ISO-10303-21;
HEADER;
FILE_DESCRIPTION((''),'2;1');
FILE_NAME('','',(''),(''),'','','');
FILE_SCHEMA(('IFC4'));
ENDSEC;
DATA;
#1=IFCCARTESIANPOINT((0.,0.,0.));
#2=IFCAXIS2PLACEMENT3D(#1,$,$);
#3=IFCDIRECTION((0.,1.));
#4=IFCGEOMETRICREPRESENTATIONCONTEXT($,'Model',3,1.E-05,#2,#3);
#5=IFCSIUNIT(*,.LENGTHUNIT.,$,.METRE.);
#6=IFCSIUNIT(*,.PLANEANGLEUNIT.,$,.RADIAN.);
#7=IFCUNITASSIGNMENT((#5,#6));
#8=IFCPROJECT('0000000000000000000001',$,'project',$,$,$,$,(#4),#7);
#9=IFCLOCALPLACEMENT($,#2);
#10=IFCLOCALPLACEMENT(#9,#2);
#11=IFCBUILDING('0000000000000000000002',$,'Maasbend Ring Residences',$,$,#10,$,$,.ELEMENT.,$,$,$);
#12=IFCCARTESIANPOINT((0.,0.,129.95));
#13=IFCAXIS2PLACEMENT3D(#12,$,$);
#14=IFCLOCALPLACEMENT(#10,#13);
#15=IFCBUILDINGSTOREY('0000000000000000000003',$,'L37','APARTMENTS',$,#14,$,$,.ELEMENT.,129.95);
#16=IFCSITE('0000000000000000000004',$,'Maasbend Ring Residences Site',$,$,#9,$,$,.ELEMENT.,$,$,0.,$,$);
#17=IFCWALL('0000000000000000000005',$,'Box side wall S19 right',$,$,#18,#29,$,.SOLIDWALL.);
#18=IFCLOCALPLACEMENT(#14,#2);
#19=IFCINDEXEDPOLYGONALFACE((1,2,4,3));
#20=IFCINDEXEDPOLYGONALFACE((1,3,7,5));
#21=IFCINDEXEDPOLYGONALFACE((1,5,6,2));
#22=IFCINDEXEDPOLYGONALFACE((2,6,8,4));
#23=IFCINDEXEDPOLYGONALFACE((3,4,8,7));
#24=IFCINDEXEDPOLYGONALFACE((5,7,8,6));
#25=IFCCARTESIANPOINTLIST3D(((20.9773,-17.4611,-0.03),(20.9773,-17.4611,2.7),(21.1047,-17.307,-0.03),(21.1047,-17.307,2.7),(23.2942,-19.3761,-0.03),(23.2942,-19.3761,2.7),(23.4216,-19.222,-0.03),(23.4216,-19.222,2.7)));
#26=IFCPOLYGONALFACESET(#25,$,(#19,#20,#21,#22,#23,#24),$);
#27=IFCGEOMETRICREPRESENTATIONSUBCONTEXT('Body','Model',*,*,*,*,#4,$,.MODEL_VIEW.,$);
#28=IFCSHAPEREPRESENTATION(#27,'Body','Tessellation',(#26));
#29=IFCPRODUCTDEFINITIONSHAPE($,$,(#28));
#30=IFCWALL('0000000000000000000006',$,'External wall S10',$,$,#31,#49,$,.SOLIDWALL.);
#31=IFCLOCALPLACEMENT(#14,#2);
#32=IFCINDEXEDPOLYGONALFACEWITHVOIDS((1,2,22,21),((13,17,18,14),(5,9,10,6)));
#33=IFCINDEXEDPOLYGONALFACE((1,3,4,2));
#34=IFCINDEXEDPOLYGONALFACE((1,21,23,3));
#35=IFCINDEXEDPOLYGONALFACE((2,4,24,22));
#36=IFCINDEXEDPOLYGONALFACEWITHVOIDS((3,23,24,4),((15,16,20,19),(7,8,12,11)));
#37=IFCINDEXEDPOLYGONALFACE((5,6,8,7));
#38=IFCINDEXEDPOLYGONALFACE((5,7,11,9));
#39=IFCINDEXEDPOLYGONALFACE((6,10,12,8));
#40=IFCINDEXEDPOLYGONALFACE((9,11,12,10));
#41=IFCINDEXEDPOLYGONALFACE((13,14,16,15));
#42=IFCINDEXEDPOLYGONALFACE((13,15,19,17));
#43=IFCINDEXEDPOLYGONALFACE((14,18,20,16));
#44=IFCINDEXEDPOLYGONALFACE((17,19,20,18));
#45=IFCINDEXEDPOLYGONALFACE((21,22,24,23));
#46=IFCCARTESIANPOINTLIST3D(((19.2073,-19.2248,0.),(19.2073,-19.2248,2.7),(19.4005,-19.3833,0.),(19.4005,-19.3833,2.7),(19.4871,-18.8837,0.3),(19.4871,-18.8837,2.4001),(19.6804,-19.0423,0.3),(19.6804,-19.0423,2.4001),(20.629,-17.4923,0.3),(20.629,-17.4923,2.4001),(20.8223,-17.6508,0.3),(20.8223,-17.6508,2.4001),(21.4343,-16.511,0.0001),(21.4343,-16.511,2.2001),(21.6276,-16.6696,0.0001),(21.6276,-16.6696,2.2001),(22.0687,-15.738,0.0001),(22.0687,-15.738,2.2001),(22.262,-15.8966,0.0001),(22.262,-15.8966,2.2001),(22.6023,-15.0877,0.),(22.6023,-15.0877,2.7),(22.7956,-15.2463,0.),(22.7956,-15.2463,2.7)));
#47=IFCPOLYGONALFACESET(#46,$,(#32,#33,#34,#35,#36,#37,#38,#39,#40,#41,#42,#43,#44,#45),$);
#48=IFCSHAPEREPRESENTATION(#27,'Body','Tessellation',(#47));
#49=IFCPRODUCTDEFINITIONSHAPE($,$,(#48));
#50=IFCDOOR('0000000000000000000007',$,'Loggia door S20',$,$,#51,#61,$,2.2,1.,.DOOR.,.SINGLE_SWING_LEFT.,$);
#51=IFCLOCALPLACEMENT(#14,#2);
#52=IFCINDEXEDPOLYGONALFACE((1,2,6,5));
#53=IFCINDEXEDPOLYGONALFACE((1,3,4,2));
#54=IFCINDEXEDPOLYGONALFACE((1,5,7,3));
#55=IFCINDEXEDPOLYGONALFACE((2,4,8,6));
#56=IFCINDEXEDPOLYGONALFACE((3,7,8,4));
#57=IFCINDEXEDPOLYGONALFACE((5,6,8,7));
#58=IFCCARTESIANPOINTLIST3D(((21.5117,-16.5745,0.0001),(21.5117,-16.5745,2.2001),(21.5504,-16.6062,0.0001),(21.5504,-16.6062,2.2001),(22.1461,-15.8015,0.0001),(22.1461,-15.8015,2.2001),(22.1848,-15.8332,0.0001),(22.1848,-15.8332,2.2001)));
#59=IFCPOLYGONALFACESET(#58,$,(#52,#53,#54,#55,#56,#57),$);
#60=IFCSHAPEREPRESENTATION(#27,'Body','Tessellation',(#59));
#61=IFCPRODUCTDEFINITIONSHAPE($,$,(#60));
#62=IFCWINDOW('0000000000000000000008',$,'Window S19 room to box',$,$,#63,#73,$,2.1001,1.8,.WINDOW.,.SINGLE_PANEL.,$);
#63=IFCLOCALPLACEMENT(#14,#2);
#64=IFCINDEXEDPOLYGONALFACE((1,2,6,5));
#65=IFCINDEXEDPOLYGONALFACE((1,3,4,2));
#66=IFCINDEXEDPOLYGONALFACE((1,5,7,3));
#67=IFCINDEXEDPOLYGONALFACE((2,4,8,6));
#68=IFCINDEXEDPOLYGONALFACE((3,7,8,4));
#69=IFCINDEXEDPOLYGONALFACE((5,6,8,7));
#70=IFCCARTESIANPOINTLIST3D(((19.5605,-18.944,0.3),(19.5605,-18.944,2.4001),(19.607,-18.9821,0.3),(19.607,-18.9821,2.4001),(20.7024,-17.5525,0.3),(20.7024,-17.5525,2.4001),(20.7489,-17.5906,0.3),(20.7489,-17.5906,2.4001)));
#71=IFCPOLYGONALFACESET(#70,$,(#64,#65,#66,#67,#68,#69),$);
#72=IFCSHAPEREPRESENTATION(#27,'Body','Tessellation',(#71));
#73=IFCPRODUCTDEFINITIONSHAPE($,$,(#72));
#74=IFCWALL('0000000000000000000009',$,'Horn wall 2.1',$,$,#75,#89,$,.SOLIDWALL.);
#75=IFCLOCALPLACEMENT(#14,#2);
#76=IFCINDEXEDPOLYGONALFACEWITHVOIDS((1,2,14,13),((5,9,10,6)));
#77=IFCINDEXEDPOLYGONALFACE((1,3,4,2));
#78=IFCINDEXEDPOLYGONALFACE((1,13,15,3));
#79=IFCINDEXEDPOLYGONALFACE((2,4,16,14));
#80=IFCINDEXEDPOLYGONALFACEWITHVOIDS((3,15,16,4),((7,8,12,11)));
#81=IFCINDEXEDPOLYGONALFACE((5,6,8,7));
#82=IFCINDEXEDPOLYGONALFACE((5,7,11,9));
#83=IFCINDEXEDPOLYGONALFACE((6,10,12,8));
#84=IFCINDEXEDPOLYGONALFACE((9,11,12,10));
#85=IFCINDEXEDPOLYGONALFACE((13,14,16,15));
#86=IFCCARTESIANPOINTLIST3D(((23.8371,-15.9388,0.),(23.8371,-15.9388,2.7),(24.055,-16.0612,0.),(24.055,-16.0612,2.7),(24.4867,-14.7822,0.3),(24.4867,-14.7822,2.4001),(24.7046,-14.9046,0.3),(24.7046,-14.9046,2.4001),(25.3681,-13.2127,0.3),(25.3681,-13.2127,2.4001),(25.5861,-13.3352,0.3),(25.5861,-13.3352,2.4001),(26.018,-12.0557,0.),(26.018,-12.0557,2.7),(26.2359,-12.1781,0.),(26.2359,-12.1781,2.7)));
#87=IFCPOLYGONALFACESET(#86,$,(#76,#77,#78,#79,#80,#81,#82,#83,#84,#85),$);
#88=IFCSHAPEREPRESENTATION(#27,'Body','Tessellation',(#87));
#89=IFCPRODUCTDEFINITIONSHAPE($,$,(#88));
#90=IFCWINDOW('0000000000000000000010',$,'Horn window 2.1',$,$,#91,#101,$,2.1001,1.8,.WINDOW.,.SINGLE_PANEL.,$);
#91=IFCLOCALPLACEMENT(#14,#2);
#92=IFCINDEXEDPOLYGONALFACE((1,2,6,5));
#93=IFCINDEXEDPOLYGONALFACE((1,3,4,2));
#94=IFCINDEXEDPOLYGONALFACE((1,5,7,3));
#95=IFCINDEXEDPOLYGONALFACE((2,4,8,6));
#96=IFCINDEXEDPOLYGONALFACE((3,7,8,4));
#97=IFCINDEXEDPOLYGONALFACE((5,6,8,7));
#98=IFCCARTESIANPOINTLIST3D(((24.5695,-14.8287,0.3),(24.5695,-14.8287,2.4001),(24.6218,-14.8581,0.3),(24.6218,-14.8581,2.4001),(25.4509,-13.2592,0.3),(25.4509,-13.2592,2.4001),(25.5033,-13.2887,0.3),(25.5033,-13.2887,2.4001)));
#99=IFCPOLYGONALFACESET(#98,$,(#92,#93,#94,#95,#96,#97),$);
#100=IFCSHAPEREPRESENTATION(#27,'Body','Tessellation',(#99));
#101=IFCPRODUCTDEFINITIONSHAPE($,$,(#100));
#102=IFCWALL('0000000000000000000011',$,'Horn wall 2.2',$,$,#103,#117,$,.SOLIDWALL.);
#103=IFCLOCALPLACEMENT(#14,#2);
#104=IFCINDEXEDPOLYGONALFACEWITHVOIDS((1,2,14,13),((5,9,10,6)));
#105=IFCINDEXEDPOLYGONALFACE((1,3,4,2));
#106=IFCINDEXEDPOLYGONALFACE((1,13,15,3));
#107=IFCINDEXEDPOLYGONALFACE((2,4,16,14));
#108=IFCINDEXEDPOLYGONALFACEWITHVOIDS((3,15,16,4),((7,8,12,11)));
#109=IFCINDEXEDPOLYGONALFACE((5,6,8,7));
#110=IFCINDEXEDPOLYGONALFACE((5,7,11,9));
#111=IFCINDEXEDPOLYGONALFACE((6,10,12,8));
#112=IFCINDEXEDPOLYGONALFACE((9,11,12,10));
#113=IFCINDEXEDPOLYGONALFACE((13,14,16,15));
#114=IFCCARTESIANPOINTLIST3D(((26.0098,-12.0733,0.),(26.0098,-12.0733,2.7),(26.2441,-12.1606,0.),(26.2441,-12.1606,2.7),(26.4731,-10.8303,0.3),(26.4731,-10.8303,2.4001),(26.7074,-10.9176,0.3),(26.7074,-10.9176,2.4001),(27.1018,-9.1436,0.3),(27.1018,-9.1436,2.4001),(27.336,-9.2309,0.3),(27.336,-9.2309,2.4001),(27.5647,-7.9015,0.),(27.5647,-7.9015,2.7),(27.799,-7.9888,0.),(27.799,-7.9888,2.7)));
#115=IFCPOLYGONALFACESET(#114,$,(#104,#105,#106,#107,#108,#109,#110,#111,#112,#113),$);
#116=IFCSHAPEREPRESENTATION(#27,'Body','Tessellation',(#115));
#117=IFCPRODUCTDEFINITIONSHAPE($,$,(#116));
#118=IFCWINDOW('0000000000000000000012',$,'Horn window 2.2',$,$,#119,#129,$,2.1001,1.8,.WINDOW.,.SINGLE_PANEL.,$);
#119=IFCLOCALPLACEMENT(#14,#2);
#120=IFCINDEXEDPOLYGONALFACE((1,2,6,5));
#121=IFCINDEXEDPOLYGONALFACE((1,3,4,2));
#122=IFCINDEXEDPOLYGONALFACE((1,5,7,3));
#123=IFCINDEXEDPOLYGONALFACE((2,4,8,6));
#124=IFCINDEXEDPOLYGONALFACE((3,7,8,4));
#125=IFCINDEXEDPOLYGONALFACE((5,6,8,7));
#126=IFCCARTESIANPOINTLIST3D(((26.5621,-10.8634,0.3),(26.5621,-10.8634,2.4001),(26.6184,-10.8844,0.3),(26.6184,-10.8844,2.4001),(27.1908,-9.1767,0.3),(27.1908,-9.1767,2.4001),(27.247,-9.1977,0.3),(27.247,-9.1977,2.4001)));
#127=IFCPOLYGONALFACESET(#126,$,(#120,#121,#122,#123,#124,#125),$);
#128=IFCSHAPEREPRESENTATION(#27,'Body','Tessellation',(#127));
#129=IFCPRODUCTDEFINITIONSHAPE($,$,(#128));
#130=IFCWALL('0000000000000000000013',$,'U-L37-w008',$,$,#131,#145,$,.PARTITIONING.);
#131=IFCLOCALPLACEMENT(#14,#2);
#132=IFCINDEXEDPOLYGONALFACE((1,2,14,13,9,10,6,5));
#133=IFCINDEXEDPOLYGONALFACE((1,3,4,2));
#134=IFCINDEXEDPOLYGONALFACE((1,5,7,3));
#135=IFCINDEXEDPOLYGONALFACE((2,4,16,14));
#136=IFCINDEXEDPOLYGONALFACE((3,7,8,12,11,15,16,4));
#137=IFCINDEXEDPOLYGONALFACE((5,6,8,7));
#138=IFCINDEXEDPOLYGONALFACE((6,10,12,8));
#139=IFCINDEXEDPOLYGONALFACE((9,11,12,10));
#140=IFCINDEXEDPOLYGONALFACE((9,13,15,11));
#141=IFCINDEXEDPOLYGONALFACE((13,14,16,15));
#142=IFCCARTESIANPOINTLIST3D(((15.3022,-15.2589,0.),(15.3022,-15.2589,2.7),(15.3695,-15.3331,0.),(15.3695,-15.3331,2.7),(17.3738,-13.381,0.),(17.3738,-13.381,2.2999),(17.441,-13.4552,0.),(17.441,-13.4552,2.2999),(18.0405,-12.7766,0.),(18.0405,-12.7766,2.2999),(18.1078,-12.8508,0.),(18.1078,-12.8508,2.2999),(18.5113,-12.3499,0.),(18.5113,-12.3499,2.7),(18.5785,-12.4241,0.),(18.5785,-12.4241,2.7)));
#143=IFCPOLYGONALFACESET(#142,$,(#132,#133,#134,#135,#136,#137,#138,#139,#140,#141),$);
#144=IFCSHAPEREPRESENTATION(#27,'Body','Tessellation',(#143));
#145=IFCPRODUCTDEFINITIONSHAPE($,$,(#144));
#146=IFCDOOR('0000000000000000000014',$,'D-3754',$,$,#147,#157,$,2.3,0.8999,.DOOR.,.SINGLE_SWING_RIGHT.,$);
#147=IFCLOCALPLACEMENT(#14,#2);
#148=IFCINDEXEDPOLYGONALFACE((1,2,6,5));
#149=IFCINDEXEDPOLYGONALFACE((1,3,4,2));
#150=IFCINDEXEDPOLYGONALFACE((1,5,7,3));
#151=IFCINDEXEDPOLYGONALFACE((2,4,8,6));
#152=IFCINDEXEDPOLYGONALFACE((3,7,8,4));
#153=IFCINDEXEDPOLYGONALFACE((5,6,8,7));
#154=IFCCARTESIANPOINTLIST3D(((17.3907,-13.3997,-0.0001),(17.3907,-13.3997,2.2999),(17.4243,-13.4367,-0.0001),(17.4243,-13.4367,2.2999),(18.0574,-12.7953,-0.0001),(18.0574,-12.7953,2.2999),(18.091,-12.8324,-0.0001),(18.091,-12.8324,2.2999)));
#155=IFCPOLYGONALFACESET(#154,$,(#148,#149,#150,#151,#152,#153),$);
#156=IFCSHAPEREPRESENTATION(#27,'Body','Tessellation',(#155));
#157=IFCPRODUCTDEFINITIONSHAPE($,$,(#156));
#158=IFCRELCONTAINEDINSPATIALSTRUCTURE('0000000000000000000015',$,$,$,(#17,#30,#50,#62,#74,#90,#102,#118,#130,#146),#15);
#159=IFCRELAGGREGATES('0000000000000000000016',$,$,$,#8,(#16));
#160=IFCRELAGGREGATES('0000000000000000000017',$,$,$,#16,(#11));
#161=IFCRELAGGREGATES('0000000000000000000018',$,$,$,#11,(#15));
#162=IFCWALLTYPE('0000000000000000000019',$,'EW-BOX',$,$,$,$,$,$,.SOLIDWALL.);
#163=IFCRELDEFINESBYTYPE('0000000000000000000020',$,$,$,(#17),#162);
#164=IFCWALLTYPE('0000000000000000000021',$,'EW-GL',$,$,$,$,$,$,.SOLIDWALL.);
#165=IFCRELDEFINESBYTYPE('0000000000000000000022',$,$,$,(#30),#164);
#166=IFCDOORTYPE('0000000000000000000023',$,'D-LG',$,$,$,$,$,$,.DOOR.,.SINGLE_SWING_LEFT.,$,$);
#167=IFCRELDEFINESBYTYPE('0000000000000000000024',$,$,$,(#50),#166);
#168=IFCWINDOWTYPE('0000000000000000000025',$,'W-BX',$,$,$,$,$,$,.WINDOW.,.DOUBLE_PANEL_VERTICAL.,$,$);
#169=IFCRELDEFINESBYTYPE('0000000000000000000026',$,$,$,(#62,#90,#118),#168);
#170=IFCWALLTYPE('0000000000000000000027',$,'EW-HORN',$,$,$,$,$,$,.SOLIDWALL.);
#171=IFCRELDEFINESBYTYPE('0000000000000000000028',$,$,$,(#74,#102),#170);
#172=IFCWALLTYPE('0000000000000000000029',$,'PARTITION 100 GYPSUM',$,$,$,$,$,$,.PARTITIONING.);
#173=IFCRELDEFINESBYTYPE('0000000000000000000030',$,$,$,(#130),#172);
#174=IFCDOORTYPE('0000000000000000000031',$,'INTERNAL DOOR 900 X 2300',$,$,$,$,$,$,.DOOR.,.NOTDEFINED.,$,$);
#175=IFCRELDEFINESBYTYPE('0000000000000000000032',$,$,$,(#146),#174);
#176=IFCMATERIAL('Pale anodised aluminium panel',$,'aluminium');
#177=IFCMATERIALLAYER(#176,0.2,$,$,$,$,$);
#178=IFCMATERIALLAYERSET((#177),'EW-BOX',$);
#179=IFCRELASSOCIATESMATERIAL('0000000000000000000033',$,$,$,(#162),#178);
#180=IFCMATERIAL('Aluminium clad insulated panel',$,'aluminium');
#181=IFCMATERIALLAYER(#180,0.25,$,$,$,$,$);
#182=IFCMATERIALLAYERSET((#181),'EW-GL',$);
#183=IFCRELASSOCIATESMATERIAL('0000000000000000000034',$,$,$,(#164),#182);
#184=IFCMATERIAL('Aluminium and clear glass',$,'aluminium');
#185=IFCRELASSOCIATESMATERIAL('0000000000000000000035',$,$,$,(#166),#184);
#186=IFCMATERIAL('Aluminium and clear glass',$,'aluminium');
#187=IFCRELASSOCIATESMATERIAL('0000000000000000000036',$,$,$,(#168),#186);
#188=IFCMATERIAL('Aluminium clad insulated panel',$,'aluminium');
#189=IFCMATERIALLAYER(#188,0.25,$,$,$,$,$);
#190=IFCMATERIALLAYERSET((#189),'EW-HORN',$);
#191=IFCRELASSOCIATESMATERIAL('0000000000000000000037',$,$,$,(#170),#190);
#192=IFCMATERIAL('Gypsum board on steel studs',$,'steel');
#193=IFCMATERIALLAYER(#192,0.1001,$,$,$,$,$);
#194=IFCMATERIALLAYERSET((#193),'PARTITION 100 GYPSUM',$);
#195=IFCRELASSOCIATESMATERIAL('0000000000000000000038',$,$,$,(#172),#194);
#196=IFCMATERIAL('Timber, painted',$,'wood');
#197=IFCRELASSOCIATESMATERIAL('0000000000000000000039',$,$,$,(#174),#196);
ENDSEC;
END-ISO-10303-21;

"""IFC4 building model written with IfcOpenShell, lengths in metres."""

from ifc_helpers import new_model, si_unit, direction, frame, frame_2d, origin, place, context, subcontext, project, spatial, rectangle, extrude, material, layer, layer_set, type_object, element, fill, save


model = new_model("IFC4")

# Units and contexts
model_context = context("Model", 3, precision=1e-05, world=origin(), true_north=direction((0.0, 1.0)))
body_context = subcontext(model_context, "Body", "Model", "MODEL_VIEW")
ifc_project = project(units=[si_unit("LENGTHUNIT", "METRE"), si_unit("PLANEANGLEUNIT", "RADIAN")], contexts=[model_context])

# Site, building, storey
site_placement = place(None, origin())
site = spatial("IfcSite", under=ifc_project, at=site_placement, Name="Maasbend Ring Residences Site", CompositionType="ELEMENT", RefElevation=0.0)
building_placement = place(site_placement, origin())
building = spatial("IfcBuilding", under=site, at=building_placement, Name="Maasbend Ring Residences", CompositionType="ELEMENT")
storey_placement = place(building_placement, frame((0.0, 0.0, 129.95)))
storey = spatial("IfcBuildingStorey", under=building, at=storey_placement, Name="L37", Description="APARTMENTS", CompositionType="ELEMENT", Elevation=129.95)

# Wall
ifc_material_1 = material(Name="Pale anodised aluminium panel", Category="aluminium")
ifc_layer_1 = layer(ifc_material_1, 0.2)
ifc_layer_set_1 = layer_set([ifc_layer_1], Name="EW-BOX")
wall_type_1 = type_object("IfcWallType", Name="EW-BOX", PredefinedType="SOLIDWALL", material=ifc_layer_set_1)
wall_1_placement = place(storey_placement, frame((21.041, -17.384, -0.03), z_axis=(0.0, 0.0, 1.0), x_axis=(0.770785, -0.637096, 0.0)))
element("IfcWall", 1, at=wall_1_placement, inside=storey, type_object=wall_type_1, Name="Box side wall S19 right", PredefinedType="SOLIDWALL", context=body_context, shape_type="SweptSolid", body=[
    extrude(rectangle(XDim=3.0059, YDim=0.2, at=frame_2d((1.5029, 0.0))), origin(), (0.0, 0.0, 1.0), 2.73),
])

# Wall, openings, door, window
ifc_material_2 = material(Name="Aluminium clad insulated panel", Category="aluminium")
ifc_layer_2 = layer(ifc_material_2, 0.25)
ifc_layer_set_2 = layer_set([ifc_layer_2], Name="EW-GL")
wall_type_2 = type_object("IfcWallType", Name="EW-GL", PredefinedType="SOLIDWALL", material=ifc_layer_set_2)
wall_2_placement = place(storey_placement, frame((19.304, -19.304, 0.0), z_axis=(0.0, 0.0, 1.0), x_axis=(0.634382, 0.773019, 0.0)))
wall_2 = element("IfcWall", 2, at=wall_2_placement, inside=storey, type_object=wall_type_2, Name="External wall S10", PredefinedType="SOLIDWALL", context=body_context, shape_type="SweptSolid", body=[
    extrude(rectangle(XDim=5.3518, YDim=0.25, at=frame_2d((2.6758, 0.0))), origin(), (0.0, 0.0, 1.0), 2.7),
])
opening_1_placement = place(wall_2_placement, frame((0.4412, 0.0, 0.3)))
opening_1 = element("IfcOpeningElement", 3, at=opening_1_placement, cuts=wall_2, PredefinedType="OPENING", context=body_context, shape_type="SweptSolid", body=[
    extrude(rectangle(XDim=1.8, YDim=2.1001, at=frame_2d((0.8999, 1.05))), frame((0.0, 0.135, 0.0), z_axis=(0.0, -1.0, 0.0), x_axis=(1.0, 0.0, 0.0)), (0.0, 0.0, 1.0), 0.27),
])
opening_2_placement = place(wall_2_placement, frame((3.5105, 0.0, 0.0)))
opening_2 = element("IfcOpeningElement", 4, at=opening_2_placement, cuts=wall_2, PredefinedType="OPENING", context=body_context, shape_type="SweptSolid", body=[
    extrude(rectangle(XDim=1.0, YDim=2.2, at=frame_2d((0.5, 1.1001))), frame((0.0, 0.135, 0.0), z_axis=(0.0, -1.0, 0.0), x_axis=(1.0, 0.0, 0.0)), (0.0, 0.0, 1.0), 0.27),
])
ifc_material_3 = material(Name="Aluminium and clear glass", Category="aluminium")
door_type_1 = type_object("IfcDoorType", Name="D-LG", OperationType="SINGLE_SWING_LEFT", PredefinedType="DOOR", material=ifc_material_3)
door_1_placement = place(opening_2_placement, origin())
door_1 = element("IfcDoor", 5, at=door_1_placement, inside=storey, type_object=door_type_1, Name="Loggia door S20", OperationType="SINGLE_SWING_LEFT", OverallHeight=2.2, OverallWidth=1.0, PredefinedType="DOOR", context=body_context, shape_type="SweptSolid", body=[
    extrude(rectangle(XDim=1.0, YDim=2.2, at=frame_2d((0.5, 1.1001))), frame((0.0, 0.0249, 0.0), z_axis=(0.0, -1.0, 0.0), x_axis=(1.0, 0.0, 0.0)), (0.0, 0.0, 1.0), 0.05),
])
fill(opening_2, door_1)
ifc_material_4 = material(Name="Aluminium and clear glass", Category="aluminium")
window_type = type_object("IfcWindowType", Name="W-BX", PartitioningType="DOUBLE_PANEL_VERTICAL", PredefinedType="WINDOW", material=ifc_material_4)
window_1_placement = place(opening_1_placement, origin())
window_1 = element("IfcWindow", 6, at=window_1_placement, inside=storey, type_object=window_type, Name="Window S19 room to box", OverallHeight=2.1001, OverallWidth=1.8, PartitioningType="SINGLE_PANEL", PredefinedType="WINDOW", context=body_context, shape_type="SweptSolid", body=[
    extrude(rectangle(XDim=1.8, YDim=2.1001, at=frame_2d((0.8999, 1.05))), frame((0.0, 0.03, 0.0), z_axis=(0.0, -1.0, 0.0), x_axis=(1.0, 0.0, 0.0)), (0.0, 0.0, 1.0), 0.0601),
])
fill(opening_1, window_1)

# Walls, openings, windows
ifc_material_5 = material(Name="Aluminium clad insulated panel", Category="aluminium")
ifc_layer_3 = layer(ifc_material_5, 0.25)
ifc_layer_set_3 = layer_set([ifc_layer_3], Name="EW-HORN")
wall_type_3 = type_object("IfcWallType", Name="EW-HORN", PredefinedType="SOLIDWALL", material=ifc_layer_set_3)
wall_3_placement = place(storey_placement, frame((23.946, -16.0, 0.0), z_axis=(0.0, 0.0, 1.0), x_axis=(0.489696, 0.871893, 0.0)))
wall_3 = element("IfcWall", 7, at=wall_3_placement, inside=storey, type_object=wall_type_3, Name="Horn wall 2.1", PredefinedType="SOLIDWALL", context=body_context, shape_type="SweptSolid", body=[
    extrude(rectangle(XDim=4.4536, YDim=0.25, at=frame_2d((2.2268, 0.0))), origin(), (0.0, 0.0, 1.0), 2.7),
])
opening_3_placement = place(wall_3_placement, frame((1.3267, 0.0, 0.3)))
opening_3 = element("IfcOpeningElement", 8, at=opening_3_placement, cuts=wall_3, PredefinedType="OPENING", context=body_context, shape_type="SweptSolid", body=[
    extrude(rectangle(XDim=1.8, YDim=2.1001, at=frame_2d((0.8999, 1.05))), frame((0.0, 0.135, 0.0), z_axis=(0.0, -1.0, 0.0), x_axis=(1.0, 0.0, 0.0)), (0.0, 0.0, 1.0), 0.27),
])
window_2_placement = place(opening_3_placement, origin())
window_2 = element("IfcWindow", 9, at=window_2_placement, inside=storey, type_object=window_type, Name="Horn window 2.1", OverallHeight=2.1001, OverallWidth=1.8, PartitioningType="SINGLE_PANEL", PredefinedType="WINDOW", context=body_context, shape_type="SweptSolid", body=[
    extrude(rectangle(XDim=1.8, YDim=2.1001, at=frame_2d((0.8999, 1.05))), frame((0.0, 0.03, 0.0), z_axis=(0.0, -1.0, 0.0), x_axis=(1.0, 0.0, 0.0)), (0.0, 0.0, 1.0), 0.0601),
])
fill(opening_3, window_2)
wall_4_placement = place(storey_placement, frame((26.127, -12.1169, 0.0), z_axis=(0.0, 0.0, 1.0), x_axis=(0.349248, 0.93703, 0.0)))
wall_4 = element("IfcWall", 10, at=wall_4_placement, inside=storey, type_object=wall_type_3, Name="Horn wall 2.2", PredefinedType="SOLIDWALL", context=body_context, shape_type="SweptSolid", body=[
    extrude(rectangle(XDim=4.4521, YDim=0.25, at=frame_2d((2.2261, 0.0))), origin(), (0.0, 0.0, 1.0), 2.7),
])
opening_4_placement = place(wall_4_placement, frame((1.3267, 0.0, 0.3)))
opening_4 = element("IfcOpeningElement", 11, at=opening_4_placement, cuts=wall_4, PredefinedType="OPENING", context=body_context, shape_type="SweptSolid", body=[
    extrude(rectangle(XDim=1.8, YDim=2.1001, at=frame_2d((0.8999, 1.05))), frame((0.0, 0.135, 0.0), z_axis=(0.0, -1.0, 0.0), x_axis=(1.0, 0.0, 0.0)), (0.0, 0.0, 1.0), 0.27),
])
window_3_placement = place(opening_4_placement, origin())
window_3 = element("IfcWindow", 12, at=window_3_placement, inside=storey, type_object=window_type, Name="Horn window 2.2", OverallHeight=2.1001, OverallWidth=1.8, PartitioningType="SINGLE_PANEL", PredefinedType="WINDOW", context=body_context, shape_type="SweptSolid", body=[
    extrude(rectangle(XDim=1.8, YDim=2.1001, at=frame_2d((0.8999, 1.05))), frame((0.0, 0.03, 0.0), z_axis=(0.0, -1.0, 0.0), x_axis=(1.0, 0.0, 0.0)), (0.0, 0.0, 1.0), 0.0601),
])
fill(opening_4, window_3)

# Wall, opening, door
ifc_material_6 = material(Name="Gypsum board on steel studs", Category="steel")
ifc_layer_4 = layer(ifc_material_6, 0.1001)
ifc_layer_set_4 = layer_set([ifc_layer_4], Name="PARTITION 100 GYPSUM")
wall_type_4 = type_object("IfcWallType", Name="PARTITION 100 GYPSUM", PredefinedType="PARTITIONING", material=ifc_layer_set_4)
wall_5_placement = place(storey_placement, frame((15.3359, -15.2959, 0.0), z_axis=(0.0, 0.0, 1.0), x_axis=(0.740896, 0.67162, 0.0)))
wall_5 = element("IfcWall", 13, at=wall_5_placement, inside=storey, type_object=wall_type_4, Name="U-L37-w008", PredefinedType="PARTITIONING", context=body_context, shape_type="SweptSolid", body=[
    extrude(rectangle(XDim=4.3313, YDim=0.1001, at=frame_2d((2.1655, 0.0))), origin(), (0.0, 0.0, 1.0), 2.7),
])
opening_5_placement = place(wall_5_placement, frame((2.7959, 0.0, 0.0)))
opening_5 = element("IfcOpeningElement", 14, at=opening_5_placement, cuts=wall_5, PredefinedType="OPENING", context=body_context, shape_type="SweptSolid", body=[
    extrude(rectangle(XDim=0.8999, YDim=2.3, at=frame_2d((0.45, 1.1499))), frame((0.0, 0.0601, 0.0), z_axis=(0.0, -1.0, 0.0), x_axis=(1.0, 0.0, 0.0)), (0.0, 0.0, 1.0), 0.1201),
])
ifc_material_7 = material(Name="Timber, painted", Category="wood")
door_type_2 = type_object("IfcDoorType", Name="INTERNAL DOOR 900 X 2300", OperationType="NOTDEFINED", PredefinedType="DOOR", material=ifc_material_7)
door_2_placement = place(opening_5_placement, origin())
door_2 = element("IfcDoor", 15, at=door_2_placement, inside=storey, type_object=door_type_2, Name="D-3754", OperationType="SINGLE_SWING_RIGHT", OverallHeight=2.3, OverallWidth=0.8999, PredefinedType="DOOR", context=body_context, shape_type="SweptSolid", body=[
    extrude(rectangle(XDim=0.8999, YDim=2.3, at=frame_2d((0.45, 1.1499))), frame((0.0, 0.0249, 0.0), z_axis=(0.0, -1.0, 0.0), x_axis=(1.0, 0.0, 0.0)), (0.0, 0.0, 1.0), 0.05),
])
fill(opening_5, door_2)

save(model, "model.ifc")
